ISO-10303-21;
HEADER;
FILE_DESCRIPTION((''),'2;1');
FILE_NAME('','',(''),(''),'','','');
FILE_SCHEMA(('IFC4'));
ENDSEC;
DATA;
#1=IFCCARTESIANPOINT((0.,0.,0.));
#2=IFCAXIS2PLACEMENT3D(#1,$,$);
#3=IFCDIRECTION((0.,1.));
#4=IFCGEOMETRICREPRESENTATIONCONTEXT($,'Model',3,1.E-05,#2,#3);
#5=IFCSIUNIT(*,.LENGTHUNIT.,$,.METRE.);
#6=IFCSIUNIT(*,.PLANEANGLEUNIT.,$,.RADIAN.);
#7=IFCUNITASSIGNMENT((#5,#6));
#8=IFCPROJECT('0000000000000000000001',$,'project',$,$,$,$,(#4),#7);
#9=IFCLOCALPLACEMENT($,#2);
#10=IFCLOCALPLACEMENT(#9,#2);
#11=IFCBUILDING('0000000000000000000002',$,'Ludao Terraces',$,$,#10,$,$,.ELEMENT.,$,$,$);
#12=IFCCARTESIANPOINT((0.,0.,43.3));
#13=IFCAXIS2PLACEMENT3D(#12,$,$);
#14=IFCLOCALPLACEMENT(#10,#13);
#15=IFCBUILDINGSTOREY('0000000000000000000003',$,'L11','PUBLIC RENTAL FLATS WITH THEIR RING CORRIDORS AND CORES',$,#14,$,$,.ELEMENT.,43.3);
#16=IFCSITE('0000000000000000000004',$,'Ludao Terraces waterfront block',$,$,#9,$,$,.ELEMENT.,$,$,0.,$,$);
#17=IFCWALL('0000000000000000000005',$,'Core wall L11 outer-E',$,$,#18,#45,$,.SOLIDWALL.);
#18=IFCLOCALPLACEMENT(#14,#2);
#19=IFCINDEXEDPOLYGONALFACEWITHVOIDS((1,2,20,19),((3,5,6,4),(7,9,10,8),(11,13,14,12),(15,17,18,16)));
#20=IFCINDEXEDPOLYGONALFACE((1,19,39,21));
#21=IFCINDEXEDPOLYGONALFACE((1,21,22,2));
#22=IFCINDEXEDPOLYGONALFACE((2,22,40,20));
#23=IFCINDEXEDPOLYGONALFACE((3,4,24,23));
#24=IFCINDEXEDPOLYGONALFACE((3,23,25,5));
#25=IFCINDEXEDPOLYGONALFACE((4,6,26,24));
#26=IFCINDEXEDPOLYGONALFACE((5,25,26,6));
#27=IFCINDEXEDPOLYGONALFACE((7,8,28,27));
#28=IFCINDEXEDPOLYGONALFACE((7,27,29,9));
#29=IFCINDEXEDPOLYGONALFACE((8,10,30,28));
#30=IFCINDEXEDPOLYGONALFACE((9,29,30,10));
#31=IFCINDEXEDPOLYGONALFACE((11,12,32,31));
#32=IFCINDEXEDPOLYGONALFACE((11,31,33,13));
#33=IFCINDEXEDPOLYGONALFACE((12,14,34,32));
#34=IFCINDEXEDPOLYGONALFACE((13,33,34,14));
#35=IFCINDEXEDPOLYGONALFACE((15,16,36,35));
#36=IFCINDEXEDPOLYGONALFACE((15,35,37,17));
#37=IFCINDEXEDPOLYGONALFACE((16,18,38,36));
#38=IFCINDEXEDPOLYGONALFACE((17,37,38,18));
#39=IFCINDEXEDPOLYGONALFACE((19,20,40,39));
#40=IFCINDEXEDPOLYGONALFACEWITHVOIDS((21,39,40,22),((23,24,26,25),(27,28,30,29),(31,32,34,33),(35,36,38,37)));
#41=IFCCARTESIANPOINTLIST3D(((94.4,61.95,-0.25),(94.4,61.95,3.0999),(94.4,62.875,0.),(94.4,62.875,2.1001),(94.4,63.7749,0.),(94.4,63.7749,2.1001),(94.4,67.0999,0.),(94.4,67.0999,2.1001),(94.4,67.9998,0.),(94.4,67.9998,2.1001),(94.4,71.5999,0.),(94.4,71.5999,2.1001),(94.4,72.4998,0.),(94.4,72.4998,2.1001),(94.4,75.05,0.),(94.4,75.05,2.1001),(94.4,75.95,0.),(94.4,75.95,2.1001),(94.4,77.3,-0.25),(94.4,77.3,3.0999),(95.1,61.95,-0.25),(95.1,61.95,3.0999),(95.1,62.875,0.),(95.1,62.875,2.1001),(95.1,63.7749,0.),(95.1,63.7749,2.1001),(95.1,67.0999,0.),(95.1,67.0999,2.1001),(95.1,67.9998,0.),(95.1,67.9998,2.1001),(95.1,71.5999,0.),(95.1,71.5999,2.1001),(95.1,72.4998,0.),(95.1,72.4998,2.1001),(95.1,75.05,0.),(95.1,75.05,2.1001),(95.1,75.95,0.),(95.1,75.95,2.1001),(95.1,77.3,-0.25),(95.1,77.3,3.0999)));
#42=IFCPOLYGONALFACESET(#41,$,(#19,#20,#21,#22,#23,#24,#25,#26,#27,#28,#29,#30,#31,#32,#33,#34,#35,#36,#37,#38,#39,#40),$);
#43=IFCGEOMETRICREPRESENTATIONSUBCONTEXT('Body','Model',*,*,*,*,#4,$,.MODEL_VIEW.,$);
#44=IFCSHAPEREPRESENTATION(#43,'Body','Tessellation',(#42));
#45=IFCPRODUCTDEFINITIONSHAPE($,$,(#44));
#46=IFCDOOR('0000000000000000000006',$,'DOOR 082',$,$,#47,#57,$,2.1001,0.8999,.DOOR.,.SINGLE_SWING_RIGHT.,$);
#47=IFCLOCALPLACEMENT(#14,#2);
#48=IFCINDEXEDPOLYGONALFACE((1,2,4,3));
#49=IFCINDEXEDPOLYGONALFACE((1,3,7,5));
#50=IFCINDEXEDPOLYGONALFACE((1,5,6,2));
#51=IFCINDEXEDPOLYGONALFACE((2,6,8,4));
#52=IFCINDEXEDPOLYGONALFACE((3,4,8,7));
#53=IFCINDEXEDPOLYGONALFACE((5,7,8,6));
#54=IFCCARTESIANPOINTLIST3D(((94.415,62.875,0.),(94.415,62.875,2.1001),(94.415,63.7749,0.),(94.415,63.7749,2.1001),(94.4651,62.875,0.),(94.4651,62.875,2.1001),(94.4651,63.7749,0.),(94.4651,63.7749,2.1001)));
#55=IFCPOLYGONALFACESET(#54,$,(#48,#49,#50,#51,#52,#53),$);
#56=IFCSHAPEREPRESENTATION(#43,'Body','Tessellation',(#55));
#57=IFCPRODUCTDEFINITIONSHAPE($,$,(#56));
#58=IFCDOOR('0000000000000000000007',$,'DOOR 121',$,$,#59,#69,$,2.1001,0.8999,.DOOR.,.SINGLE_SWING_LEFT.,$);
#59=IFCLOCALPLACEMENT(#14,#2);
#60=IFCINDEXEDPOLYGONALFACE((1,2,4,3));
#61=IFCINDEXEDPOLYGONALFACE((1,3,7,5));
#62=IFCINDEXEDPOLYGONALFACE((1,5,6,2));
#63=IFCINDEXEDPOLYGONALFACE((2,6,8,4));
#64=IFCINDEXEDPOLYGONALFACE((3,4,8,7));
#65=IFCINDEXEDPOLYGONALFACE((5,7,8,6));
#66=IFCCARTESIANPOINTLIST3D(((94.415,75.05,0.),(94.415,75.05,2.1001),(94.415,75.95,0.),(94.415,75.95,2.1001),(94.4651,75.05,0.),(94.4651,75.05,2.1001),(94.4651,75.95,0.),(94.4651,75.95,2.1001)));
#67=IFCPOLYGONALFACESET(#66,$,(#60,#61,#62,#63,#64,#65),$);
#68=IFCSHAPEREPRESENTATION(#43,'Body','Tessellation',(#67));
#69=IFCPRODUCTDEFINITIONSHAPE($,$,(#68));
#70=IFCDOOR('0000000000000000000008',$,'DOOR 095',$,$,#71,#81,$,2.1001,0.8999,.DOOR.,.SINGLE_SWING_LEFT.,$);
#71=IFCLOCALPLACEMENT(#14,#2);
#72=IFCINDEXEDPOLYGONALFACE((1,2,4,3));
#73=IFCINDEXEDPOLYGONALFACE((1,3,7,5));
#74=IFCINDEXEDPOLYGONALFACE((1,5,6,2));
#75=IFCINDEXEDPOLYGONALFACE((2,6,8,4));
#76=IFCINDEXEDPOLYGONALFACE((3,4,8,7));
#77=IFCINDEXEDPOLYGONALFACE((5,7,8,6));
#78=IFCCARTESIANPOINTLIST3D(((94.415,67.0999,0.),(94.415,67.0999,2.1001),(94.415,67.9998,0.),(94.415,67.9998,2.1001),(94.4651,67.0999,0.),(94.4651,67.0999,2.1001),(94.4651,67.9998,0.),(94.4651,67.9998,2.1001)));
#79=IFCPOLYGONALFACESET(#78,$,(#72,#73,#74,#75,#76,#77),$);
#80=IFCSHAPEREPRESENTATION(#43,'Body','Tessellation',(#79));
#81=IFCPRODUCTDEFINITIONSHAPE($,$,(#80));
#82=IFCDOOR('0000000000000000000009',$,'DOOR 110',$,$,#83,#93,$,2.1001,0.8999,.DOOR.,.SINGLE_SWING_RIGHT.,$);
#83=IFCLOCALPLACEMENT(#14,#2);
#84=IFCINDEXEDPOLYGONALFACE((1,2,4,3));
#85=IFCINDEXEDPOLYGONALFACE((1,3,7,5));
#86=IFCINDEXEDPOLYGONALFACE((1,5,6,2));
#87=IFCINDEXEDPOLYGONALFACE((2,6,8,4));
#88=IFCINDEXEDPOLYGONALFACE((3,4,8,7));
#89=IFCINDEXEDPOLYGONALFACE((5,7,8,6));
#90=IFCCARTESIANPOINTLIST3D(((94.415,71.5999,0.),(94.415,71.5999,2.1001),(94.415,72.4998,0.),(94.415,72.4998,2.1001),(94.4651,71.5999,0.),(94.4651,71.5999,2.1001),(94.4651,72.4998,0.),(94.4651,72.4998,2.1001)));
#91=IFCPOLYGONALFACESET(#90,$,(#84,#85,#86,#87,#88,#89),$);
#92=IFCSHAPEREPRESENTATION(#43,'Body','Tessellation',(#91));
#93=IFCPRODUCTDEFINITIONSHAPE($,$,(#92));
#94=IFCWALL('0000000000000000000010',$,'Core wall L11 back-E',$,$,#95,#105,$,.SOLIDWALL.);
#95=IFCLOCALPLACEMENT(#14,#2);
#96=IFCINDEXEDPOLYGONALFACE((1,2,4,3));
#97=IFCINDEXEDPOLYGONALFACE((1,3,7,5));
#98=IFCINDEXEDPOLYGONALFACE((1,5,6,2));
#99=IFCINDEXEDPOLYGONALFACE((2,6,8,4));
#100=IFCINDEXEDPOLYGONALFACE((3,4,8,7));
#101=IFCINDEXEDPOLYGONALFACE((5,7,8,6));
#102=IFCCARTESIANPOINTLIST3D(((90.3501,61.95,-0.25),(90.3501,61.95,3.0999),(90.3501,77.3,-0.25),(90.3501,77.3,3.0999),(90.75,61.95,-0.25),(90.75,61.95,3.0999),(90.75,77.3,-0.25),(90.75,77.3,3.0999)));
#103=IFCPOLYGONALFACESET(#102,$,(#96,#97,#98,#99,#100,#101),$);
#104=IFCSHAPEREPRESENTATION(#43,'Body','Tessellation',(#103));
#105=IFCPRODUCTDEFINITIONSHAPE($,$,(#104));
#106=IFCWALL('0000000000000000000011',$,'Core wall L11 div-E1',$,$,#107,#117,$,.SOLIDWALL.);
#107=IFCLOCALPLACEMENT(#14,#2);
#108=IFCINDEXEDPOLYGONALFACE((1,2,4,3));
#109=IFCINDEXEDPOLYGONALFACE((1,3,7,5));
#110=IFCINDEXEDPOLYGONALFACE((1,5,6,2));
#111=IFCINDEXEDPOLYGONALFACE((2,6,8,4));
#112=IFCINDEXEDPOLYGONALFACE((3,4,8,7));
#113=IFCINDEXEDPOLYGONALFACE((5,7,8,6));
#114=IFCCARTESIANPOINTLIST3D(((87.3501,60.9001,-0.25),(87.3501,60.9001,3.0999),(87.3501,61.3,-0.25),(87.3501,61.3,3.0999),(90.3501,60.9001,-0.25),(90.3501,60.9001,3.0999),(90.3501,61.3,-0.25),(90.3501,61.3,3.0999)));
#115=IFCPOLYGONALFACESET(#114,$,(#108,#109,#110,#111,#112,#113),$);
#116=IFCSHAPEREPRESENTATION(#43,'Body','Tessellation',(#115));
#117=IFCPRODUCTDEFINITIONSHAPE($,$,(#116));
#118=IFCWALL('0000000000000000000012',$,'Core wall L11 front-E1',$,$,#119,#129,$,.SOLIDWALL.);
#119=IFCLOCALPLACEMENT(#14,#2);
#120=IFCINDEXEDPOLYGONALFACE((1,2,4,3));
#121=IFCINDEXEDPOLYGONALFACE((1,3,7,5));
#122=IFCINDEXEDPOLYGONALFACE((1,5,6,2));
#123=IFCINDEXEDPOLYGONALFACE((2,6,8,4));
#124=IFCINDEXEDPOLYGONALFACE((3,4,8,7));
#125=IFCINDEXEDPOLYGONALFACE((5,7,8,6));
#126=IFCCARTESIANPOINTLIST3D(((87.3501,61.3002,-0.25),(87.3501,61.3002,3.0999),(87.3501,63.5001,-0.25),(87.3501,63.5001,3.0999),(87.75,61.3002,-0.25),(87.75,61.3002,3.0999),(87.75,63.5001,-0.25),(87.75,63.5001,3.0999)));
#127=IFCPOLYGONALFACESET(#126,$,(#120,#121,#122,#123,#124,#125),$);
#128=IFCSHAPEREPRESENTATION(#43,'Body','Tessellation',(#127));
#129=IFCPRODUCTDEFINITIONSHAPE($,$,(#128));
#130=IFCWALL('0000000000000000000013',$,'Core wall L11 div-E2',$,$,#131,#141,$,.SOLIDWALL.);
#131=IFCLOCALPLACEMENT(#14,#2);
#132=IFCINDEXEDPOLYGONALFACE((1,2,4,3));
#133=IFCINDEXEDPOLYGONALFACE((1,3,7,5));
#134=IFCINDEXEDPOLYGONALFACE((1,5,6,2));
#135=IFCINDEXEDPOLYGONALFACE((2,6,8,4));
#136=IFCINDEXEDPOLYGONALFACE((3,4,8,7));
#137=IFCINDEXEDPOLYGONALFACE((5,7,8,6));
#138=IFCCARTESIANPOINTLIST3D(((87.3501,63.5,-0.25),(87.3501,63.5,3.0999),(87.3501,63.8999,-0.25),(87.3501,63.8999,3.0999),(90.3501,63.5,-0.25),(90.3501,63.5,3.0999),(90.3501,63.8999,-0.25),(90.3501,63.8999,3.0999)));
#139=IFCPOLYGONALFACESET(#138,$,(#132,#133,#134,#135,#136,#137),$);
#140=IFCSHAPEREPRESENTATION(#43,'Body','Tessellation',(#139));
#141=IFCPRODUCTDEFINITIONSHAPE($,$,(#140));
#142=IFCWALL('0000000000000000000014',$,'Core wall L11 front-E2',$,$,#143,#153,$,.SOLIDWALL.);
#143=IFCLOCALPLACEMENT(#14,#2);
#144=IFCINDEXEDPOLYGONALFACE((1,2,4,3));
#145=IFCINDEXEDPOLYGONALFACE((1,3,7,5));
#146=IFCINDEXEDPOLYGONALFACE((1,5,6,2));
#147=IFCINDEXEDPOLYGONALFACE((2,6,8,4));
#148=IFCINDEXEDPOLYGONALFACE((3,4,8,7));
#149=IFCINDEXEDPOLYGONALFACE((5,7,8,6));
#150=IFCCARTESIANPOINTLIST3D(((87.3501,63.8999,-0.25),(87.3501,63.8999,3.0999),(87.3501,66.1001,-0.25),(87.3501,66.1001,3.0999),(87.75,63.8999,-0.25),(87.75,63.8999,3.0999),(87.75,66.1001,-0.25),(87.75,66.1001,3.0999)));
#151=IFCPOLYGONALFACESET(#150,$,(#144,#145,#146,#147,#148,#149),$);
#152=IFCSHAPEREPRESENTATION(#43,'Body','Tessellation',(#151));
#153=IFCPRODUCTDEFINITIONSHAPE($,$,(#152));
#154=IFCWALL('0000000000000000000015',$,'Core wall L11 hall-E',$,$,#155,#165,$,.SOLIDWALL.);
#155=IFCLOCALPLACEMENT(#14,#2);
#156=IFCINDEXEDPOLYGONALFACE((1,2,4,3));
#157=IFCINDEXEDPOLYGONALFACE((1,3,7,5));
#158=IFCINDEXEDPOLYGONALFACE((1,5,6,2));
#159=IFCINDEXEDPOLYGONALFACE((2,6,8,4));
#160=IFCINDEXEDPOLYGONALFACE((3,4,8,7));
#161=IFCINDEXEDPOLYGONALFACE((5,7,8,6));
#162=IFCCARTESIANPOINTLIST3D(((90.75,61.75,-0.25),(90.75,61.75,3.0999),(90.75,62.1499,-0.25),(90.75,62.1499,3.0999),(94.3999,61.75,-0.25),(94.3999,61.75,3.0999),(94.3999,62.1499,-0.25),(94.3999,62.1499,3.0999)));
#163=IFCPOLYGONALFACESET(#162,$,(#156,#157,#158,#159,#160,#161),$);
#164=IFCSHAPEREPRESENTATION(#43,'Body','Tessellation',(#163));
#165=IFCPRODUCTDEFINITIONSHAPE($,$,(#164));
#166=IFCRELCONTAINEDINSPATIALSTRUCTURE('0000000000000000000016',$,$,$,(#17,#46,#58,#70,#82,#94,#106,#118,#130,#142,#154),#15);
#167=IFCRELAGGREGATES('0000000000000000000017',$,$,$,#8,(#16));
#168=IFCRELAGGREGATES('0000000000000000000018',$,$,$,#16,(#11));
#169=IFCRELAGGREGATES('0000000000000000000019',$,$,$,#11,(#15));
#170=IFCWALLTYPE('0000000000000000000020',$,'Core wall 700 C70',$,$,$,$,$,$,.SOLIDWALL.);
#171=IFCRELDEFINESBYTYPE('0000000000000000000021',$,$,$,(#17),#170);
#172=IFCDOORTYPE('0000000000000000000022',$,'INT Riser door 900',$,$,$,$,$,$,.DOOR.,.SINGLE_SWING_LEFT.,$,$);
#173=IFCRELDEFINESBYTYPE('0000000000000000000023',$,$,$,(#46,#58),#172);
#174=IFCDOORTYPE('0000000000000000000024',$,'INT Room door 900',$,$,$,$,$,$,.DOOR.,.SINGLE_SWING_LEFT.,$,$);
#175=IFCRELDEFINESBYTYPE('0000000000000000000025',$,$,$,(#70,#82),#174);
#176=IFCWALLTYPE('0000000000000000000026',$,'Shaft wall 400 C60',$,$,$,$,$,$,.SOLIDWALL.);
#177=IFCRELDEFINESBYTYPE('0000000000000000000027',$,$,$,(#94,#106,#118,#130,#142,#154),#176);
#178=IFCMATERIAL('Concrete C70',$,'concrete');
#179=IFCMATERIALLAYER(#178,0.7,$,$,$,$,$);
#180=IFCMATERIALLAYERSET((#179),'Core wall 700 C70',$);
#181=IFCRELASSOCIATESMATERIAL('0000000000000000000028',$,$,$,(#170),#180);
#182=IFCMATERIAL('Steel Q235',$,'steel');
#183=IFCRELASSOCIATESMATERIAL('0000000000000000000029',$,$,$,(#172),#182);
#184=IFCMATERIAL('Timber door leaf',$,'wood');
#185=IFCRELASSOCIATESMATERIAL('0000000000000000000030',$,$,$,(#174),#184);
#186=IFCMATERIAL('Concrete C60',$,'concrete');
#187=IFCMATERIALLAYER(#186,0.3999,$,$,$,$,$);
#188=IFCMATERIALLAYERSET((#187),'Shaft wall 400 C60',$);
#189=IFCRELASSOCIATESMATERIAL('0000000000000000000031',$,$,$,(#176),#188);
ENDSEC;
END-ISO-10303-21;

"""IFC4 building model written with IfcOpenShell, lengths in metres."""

from ifc_helpers import new_model, si_unit, direction, frame, frame_2d, origin, place, context, subcontext, project, spatial, rectangle, extrude, material, layer, layer_set, type_object, element, fill, save


model = new_model("IFC4")

# Units and contexts
model_context = context("Model", 3, precision=1e-05, world=origin(), true_north=direction((0.0, 1.0)))
body_context = subcontext(model_context, "Body", "Model", "MODEL_VIEW")
ifc_project = project(units=[si_unit("LENGTHUNIT", "METRE"), si_unit("PLANEANGLEUNIT", "RADIAN")], contexts=[model_context])

# Site, building, storey
site_placement = place(None, origin())
site = spatial("IfcSite", under=ifc_project, at=site_placement, Name="Ludao Terraces waterfront block", CompositionType="ELEMENT", RefElevation=0.0)
building_placement = place(site_placement, origin())
building = spatial("IfcBuilding", under=site, at=building_placement, Name="Ludao Terraces", CompositionType="ELEMENT")
storey_placement = place(building_placement, frame((0.0, 0.0, 43.3)))
storey = spatial("IfcBuildingStorey", under=building, at=storey_placement, Name="L11", Description="PUBLIC RENTAL FLATS WITH THEIR RING CORRIDORS AND CORES", CompositionType="ELEMENT", Elevation=43.3)

# Wall, openings, doors
ifc_material_1 = material(Name="Concrete C70", Category="concrete")
ifc_layer_1 = layer(ifc_material_1, 0.7)
ifc_layer_set_1 = layer_set([ifc_layer_1], Name="Core wall 700 C70")
wall_type_1 = type_object("IfcWallType", Name="Core wall 700 C70", PredefinedType="SOLIDWALL", material=ifc_layer_set_1)
wall_1_placement = place(storey_placement, frame((94.75, 61.95, -0.25), z_axis=(0.0, 0.0, 1.0), x_axis=(0.0, 1.0, 0.0)))
wall_1 = element("IfcWall", 1, at=wall_1_placement, inside=storey, type_object=wall_type_1, Name="Core wall L11 outer-E", PredefinedType="SOLIDWALL", context=body_context, shape_type="SweptSolid", body=[
    extrude(rectangle(XDim=15.3501, YDim=0.7, at=frame_2d((7.675, 0.0))), origin(), (0.0, 0.0, 1.0), 3.3499),
])
opening_1_placement = place(wall_1_placement, frame((0.925, 0.0, 0.25)))
opening_1 = element("IfcOpeningElement", 2, at=opening_1_placement, cuts=wall_1, PredefinedType="OPENING", context=body_context, shape_type="SweptSolid", body=[
    extrude(rectangle(XDim=0.8999, YDim=2.1001, at=frame_2d((0.45, 1.05))), frame((0.0, 0.3599, 0.0), z_axis=(0.0, -1.0, 0.0), x_axis=(1.0, 0.0, 0.0)), (0.0, 0.0, 1.0), 0.72),
])
opening_2_placement = place(wall_1_placement, frame((5.1499, 0.0, 0.25)))
opening_2 = element("IfcOpeningElement", 3, at=opening_2_placement, cuts=wall_1, PredefinedType="OPENING", context=body_context, shape_type="SweptSolid", body=[
    extrude(rectangle(XDim=0.8999, YDim=2.1001, at=frame_2d((0.45, 1.05))), frame((0.0, 0.3599, 0.0), z_axis=(0.0, -1.0, 0.0), x_axis=(1.0, 0.0, 0.0)), (0.0, 0.0, 1.0), 0.72),
])
opening_3_placement = place(wall_1_placement, frame((9.6499, 0.0, 0.25)))
opening_3 = element("IfcOpeningElement", 4, at=opening_3_placement, cuts=wall_1, PredefinedType="OPENING", context=body_context, shape_type="SweptSolid", body=[
    extrude(rectangle(XDim=0.8999, YDim=2.1001, at=frame_2d((0.45, 1.05))), frame((0.0, 0.3599, 0.0), z_axis=(0.0, -1.0, 0.0), x_axis=(1.0, 0.0, 0.0)), (0.0, 0.0, 1.0), 0.72),
])
opening_4_placement = place(wall_1_placement, frame((13.1001, 0.0, 0.25)))
opening_4 = element("IfcOpeningElement", 5, at=opening_4_placement, cuts=wall_1, PredefinedType="OPENING", context=body_context, shape_type="SweptSolid", body=[
    extrude(rectangle(XDim=0.8999, YDim=2.1001, at=frame_2d((0.45, 1.05))), frame((0.0, 0.3599, 0.0), z_axis=(0.0, -1.0, 0.0), x_axis=(1.0, 0.0, 0.0)), (0.0, 0.0, 1.0), 0.72),
])
ifc_material_2 = material(Name="Steel Q235", Category="steel")
door_type_1 = type_object("IfcDoorType", Name="INT Riser door 900", OperationType="SINGLE_SWING_LEFT", PredefinedType="DOOR", material=ifc_material_2)
door_1_placement = place(opening_1_placement, origin())
door_1 = element("IfcDoor", 6, at=door_1_placement, inside=storey, type_object=door_type_1, Name="DOOR 082", OperationType="SINGLE_SWING_RIGHT", OverallHeight=2.1001, OverallWidth=0.8999, PredefinedType="DOOR", context=body_context, shape_type="SweptSolid", body=[
    extrude(rectangle(XDim=0.8999, YDim=2.1001, at=frame_2d((0.45, 1.05))), frame((0.0, 0.335, 0.0), z_axis=(0.0, -1.0, 0.0), x_axis=(1.0, 0.0, 0.0)), (0.0, 0.0, 1.0), 0.05),
])
fill(opening_1, door_1)
door_2_placement = place(opening_4_placement, origin())
door_2 = element("IfcDoor", 7, at=door_2_placement, inside=storey, type_object=door_type_1, Name="DOOR 121", OperationType="SINGLE_SWING_LEFT", OverallHeight=2.1001, OverallWidth=0.8999, PredefinedType="DOOR", context=body_context, shape_type="SweptSolid", body=[
    extrude(rectangle(XDim=0.8999, YDim=2.1001, at=frame_2d((0.45, 1.05))), frame((0.0, 0.335, 0.0), z_axis=(0.0, -1.0, 0.0), x_axis=(1.0, 0.0, 0.0)), (0.0, 0.0, 1.0), 0.05),
])
fill(opening_4, door_2)
ifc_material_3 = material(Name="Timber door leaf", Category="wood")
door_type_2 = type_object("IfcDoorType", Name="INT Room door 900", OperationType="SINGLE_SWING_LEFT", PredefinedType="DOOR", material=ifc_material_3)
door_3_placement = place(opening_2_placement, origin())
door_3 = element("IfcDoor", 8, at=door_3_placement, inside=storey, type_object=door_type_2, Name="DOOR 095", OperationType="SINGLE_SWING_LEFT", OverallHeight=2.1001, OverallWidth=0.8999, PredefinedType="DOOR", context=body_context, shape_type="SweptSolid", body=[
    extrude(rectangle(XDim=0.8999, YDim=2.1001, at=frame_2d((0.45, 1.05))), frame((0.0, 0.335, 0.0), z_axis=(0.0, -1.0, 0.0), x_axis=(1.0, 0.0, 0.0)), (0.0, 0.0, 1.0), 0.05),
])
fill(opening_2, door_3)
door_4_placement = place(opening_3_placement, origin())
door_4 = element("IfcDoor", 9, at=door_4_placement, inside=storey, type_object=door_type_2, Name="DOOR 110", OperationType="SINGLE_SWING_RIGHT", OverallHeight=2.1001, OverallWidth=0.8999, PredefinedType="DOOR", context=body_context, shape_type="SweptSolid", body=[
    extrude(rectangle(XDim=0.8999, YDim=2.1001, at=frame_2d((0.45, 1.05))), frame((0.0, 0.335, 0.0), z_axis=(0.0, -1.0, 0.0), x_axis=(1.0, 0.0, 0.0)), (0.0, 0.0, 1.0), 0.05),
])
fill(opening_3, door_4)

# Walls
ifc_material_4 = material(Name="Concrete C60", Category="concrete")
ifc_layer_2 = layer(ifc_material_4, 0.3999)
ifc_layer_set_2 = layer_set([ifc_layer_2], Name="Shaft wall 400 C60")
wall_type_2 = type_object("IfcWallType", Name="Shaft wall 400 C60", PredefinedType="SOLIDWALL", material=ifc_layer_set_2)
wall_2_placement = place(storey_placement, frame((90.55, 61.95, -0.25), z_axis=(0.0, 0.0, 1.0), x_axis=(0.0, 1.0, 0.0)))
element("IfcWall", 10, at=wall_2_placement, inside=storey, type_object=wall_type_2, Name="Core wall L11 back-E", PredefinedType="SOLIDWALL", context=body_context, shape_type="SweptSolid", body=[
    extrude(rectangle(XDim=15.3501, YDim=0.3999, at=frame_2d((7.675, 0.0))), origin(), (0.0, 0.0, 1.0), 3.3499),
])
wall_3_placement = place(storey_placement, frame((87.3501, 61.1001, -0.25), z_axis=(0.0, 0.0, 1.0), x_axis=(1.0, 0.0, 0.0)))
element("IfcWall", 11, at=wall_3_placement, inside=storey, type_object=wall_type_2, Name="Core wall L11 div-E1", PredefinedType="SOLIDWALL", context=body_context, shape_type="SweptSolid", body=[
    extrude(rectangle(XDim=3.0, YDim=0.3999, at=frame_2d((1.5, 0.0))), origin(), (0.0, 0.0, 1.0), 3.3499),
])
wall_4_placement = place(storey_placement, frame((87.55, 61.3, -0.25), z_axis=(0.0, 0.0, 1.0), x_axis=(0.0, 1.0, 0.0)))
element("IfcWall", 12, at=wall_4_placement, inside=storey, type_object=wall_type_2, Name="Core wall L11 front-E1", PredefinedType="SOLIDWALL", context=body_context, shape_type="SweptSolid", body=[
    extrude(rectangle(XDim=2.2, YDim=0.3999, at=frame_2d((1.1001, 0.0))), origin(), (0.0, 0.0, 1.0), 3.3499),
])
wall_5_placement = place(storey_placement, frame((87.3501, 63.7, -0.25), z_axis=(0.0, 0.0, 1.0), x_axis=(1.0, 0.0, 0.0)))
element("IfcWall", 13, at=wall_5_placement, inside=storey, type_object=wall_type_2, Name="Core wall L11 div-E2", PredefinedType="SOLIDWALL", context=body_context, shape_type="SweptSolid", body=[
    extrude(rectangle(XDim=3.0, YDim=0.3999, at=frame_2d((1.5, 0.0))), origin(), (0.0, 0.0, 1.0), 3.3499),
])
wall_6_placement = place(storey_placement, frame((87.55, 63.8999, -0.25), z_axis=(0.0, 0.0, 1.0), x_axis=(0.0, 1.0, 0.0)))
element("IfcWall", 14, at=wall_6_placement, inside=storey, type_object=wall_type_2, Name="Core wall L11 front-E2", PredefinedType="SOLIDWALL", context=body_context, shape_type="SweptSolid", body=[
    extrude(rectangle(XDim=2.2002, YDim=0.3999, at=frame_2d((1.1001, 0.0))), origin(), (0.0, 0.0, 1.0), 3.3499),
])
wall_7_placement = place(storey_placement, frame((90.75, 61.95, -0.25), z_axis=(0.0, 0.0, 1.0), x_axis=(1.0, 0.0, 0.0)))
element("IfcWall", 15, at=wall_7_placement, inside=storey, type_object=wall_type_2, Name="Core wall L11 hall-E", PredefinedType="SOLIDWALL", context=body_context, shape_type="SweptSolid", body=[
    extrude(rectangle(XDim=3.6499, YDim=0.3999, at=frame_2d((1.825, 0.0))), origin(), (0.0, 0.0, 1.0), 3.3499),
])

save(model, "model.ifc")
